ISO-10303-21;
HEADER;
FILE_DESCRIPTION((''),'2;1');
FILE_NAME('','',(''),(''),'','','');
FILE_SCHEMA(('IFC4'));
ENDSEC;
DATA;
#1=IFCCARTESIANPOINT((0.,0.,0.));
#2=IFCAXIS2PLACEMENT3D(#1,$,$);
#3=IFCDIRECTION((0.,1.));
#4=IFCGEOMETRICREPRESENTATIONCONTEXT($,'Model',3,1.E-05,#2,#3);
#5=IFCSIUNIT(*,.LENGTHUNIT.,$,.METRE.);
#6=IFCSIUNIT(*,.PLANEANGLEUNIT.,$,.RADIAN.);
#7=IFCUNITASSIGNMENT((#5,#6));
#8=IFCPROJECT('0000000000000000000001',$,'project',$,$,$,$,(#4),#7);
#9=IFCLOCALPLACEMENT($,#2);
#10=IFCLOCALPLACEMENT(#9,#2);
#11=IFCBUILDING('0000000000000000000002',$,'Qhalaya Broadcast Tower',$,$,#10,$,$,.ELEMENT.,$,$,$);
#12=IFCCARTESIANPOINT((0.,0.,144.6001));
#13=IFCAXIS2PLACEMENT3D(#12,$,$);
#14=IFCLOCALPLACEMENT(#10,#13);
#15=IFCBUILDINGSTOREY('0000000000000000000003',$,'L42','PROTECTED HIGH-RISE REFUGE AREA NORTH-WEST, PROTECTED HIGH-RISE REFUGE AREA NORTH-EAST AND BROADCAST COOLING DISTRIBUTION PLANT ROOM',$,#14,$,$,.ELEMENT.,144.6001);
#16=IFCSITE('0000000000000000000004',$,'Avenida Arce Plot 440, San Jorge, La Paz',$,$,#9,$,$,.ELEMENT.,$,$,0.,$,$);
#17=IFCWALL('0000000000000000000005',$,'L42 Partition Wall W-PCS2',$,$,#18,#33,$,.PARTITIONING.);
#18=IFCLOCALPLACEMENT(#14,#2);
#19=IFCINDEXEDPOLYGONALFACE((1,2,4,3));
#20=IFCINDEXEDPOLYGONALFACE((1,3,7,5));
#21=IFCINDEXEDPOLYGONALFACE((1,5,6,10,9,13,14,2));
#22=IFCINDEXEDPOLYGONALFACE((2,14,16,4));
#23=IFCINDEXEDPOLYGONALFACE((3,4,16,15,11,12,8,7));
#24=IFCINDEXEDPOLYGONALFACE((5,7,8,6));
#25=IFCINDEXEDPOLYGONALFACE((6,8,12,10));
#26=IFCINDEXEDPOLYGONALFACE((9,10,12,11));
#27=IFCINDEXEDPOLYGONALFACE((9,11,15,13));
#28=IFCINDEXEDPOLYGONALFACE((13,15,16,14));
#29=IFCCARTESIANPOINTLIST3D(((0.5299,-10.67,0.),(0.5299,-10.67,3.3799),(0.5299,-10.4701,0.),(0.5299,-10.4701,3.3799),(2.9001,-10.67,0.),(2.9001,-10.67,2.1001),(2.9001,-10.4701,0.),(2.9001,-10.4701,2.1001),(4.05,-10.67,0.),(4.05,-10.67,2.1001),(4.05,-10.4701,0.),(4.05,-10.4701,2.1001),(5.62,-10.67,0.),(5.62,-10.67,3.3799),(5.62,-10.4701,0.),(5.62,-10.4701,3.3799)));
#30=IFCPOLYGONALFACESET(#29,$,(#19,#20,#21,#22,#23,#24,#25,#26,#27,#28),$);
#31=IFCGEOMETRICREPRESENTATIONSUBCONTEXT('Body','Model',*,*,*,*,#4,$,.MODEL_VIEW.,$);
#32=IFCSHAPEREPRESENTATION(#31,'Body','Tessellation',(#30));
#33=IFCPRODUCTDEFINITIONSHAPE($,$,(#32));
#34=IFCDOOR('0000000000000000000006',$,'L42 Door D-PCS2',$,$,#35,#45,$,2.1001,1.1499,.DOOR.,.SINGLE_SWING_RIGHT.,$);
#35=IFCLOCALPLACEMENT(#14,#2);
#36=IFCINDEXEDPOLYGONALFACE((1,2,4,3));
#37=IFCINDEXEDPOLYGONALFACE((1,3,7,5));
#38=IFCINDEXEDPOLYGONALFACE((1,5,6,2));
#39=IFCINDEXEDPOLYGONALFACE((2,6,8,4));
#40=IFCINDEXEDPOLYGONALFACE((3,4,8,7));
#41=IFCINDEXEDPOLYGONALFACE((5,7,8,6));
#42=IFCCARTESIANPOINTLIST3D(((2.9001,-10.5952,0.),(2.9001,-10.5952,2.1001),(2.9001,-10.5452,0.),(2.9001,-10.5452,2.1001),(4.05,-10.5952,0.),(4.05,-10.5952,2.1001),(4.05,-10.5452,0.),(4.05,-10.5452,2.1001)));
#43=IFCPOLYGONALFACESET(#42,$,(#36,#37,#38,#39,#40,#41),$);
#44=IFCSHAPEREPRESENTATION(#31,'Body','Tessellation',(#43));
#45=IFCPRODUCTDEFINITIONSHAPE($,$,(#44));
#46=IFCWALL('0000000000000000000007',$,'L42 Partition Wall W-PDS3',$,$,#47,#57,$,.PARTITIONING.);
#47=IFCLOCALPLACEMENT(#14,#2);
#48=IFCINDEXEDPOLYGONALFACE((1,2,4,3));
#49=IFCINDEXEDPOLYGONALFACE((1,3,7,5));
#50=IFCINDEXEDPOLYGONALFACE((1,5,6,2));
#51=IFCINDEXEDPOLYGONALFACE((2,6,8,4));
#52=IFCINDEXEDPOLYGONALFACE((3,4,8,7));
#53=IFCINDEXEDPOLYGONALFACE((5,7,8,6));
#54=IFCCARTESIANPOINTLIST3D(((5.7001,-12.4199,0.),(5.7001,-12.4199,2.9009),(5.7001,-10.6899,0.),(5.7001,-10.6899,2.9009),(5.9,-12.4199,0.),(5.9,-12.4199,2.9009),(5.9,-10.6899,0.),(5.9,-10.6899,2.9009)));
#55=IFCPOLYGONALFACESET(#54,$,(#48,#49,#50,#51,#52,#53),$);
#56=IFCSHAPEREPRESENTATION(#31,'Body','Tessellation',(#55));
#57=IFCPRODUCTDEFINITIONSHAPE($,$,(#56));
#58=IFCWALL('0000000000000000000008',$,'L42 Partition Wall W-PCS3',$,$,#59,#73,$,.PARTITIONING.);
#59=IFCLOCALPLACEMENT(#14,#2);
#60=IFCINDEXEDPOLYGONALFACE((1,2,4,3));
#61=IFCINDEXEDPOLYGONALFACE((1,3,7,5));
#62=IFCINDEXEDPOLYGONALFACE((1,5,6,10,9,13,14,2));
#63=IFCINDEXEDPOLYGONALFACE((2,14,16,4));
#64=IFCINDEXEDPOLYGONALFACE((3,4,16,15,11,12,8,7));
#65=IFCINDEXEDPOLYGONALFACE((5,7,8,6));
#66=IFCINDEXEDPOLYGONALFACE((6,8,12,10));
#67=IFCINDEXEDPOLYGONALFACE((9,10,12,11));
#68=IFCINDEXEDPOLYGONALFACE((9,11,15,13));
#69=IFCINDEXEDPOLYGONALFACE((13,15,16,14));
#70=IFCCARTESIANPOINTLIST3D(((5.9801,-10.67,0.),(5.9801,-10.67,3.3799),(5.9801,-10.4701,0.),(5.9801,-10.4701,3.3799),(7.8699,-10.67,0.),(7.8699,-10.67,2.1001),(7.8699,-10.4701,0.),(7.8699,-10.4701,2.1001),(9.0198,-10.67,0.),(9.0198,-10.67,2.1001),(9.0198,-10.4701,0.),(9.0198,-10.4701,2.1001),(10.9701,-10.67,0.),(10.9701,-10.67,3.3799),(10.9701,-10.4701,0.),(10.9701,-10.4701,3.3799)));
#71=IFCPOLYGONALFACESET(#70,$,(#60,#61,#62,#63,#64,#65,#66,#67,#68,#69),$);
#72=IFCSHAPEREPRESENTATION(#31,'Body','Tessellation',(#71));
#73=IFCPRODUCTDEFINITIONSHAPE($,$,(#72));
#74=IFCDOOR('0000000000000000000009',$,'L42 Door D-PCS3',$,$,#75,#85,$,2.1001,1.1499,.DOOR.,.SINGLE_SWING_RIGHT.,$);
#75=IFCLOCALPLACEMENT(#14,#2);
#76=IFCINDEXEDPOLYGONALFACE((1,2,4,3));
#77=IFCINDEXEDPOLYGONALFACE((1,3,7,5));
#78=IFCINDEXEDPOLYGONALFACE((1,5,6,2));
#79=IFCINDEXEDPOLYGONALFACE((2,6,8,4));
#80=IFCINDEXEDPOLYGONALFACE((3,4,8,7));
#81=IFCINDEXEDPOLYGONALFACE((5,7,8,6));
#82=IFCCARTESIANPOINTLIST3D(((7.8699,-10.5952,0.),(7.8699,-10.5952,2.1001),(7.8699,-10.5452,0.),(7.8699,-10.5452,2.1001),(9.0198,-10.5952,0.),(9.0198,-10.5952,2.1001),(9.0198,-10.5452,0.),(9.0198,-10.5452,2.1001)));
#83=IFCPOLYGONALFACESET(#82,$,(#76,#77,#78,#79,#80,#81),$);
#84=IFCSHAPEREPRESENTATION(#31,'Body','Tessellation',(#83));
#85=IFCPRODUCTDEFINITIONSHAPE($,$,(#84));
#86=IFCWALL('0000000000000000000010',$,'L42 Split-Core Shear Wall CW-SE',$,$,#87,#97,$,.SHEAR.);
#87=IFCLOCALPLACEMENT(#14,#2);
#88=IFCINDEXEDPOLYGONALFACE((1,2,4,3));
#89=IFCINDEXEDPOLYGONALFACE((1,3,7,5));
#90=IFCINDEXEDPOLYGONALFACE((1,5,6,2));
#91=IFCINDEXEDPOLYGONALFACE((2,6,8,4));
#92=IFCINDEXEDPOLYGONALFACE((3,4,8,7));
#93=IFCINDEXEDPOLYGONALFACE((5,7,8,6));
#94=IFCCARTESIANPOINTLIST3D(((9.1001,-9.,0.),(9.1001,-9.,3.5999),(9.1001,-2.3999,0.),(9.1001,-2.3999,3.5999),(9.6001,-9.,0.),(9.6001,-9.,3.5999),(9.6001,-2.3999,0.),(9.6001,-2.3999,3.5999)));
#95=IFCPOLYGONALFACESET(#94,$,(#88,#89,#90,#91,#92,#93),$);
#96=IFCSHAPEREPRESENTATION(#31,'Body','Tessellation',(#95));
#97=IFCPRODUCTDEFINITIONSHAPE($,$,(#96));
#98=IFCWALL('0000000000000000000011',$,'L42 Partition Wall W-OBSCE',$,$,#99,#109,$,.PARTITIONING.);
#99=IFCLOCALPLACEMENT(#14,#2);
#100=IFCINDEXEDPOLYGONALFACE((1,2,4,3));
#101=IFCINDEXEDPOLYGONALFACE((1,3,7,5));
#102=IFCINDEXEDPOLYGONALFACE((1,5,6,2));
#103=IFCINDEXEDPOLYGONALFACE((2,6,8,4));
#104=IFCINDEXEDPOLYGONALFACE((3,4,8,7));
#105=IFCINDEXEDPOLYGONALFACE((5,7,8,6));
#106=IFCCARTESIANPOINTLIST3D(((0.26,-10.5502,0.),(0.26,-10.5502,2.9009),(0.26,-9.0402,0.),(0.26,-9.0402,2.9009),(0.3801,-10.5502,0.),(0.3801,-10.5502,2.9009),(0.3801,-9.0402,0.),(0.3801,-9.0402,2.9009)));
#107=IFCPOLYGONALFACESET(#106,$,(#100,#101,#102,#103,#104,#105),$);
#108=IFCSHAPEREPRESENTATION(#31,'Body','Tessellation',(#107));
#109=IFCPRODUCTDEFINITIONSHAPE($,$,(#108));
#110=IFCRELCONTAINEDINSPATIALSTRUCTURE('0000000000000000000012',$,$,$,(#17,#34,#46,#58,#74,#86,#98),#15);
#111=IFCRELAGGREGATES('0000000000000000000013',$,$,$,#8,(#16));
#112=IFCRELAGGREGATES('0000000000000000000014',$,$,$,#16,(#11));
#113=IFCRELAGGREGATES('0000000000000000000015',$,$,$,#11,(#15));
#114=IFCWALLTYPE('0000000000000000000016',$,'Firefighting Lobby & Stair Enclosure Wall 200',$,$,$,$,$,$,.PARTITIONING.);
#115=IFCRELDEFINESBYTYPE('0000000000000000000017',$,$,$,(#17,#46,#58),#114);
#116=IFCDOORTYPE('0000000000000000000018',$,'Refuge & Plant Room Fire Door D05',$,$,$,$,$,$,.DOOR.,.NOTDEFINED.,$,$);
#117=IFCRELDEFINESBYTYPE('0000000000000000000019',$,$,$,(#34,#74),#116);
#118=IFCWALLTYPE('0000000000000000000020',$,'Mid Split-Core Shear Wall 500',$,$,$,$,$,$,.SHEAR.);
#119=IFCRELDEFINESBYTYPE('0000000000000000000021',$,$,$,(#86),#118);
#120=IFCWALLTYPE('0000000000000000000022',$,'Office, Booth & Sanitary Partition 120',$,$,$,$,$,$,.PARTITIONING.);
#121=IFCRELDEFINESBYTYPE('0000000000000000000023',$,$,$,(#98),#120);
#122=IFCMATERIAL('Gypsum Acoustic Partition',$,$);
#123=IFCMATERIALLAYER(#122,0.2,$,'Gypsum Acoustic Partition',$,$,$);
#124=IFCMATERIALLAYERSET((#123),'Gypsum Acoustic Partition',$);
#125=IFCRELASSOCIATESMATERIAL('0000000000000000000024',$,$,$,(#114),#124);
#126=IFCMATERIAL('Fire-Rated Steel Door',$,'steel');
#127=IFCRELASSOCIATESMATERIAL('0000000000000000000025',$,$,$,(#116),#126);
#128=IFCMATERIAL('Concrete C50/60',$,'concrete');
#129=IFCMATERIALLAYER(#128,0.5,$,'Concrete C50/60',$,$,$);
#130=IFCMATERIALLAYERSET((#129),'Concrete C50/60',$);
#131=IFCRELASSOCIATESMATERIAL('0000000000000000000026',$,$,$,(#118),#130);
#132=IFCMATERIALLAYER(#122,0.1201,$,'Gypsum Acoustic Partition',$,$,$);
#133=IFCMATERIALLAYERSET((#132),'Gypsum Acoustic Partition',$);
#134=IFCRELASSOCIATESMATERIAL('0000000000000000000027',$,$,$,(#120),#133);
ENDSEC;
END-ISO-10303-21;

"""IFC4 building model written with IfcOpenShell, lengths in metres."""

from ifc_helpers import new_model, si_unit, direction, frame, frame_2d, origin, place, context, subcontext, project, spatial, rectangle, extrude, material, layer, layer_set, type_object, element, fill, save


model = new_model("IFC4")

# Units and contexts
model_context = context("Model", 3, precision=1e-05, world=origin(), true_north=direction((0.0, 1.0)))
body_context = subcontext(model_context, "Body", "Model", "MODEL_VIEW")
ifc_project = project(units=[si_unit("LENGTHUNIT", "METRE"), si_unit("PLANEANGLEUNIT", "RADIAN")], contexts=[model_context])

# Site, building, storey
site_placement = place(None, origin())
site = spatial("IfcSite", under=ifc_project, at=site_placement, Name="Avenida Arce Plot 440, San Jorge, La Paz", CompositionType="ELEMENT", RefElevation=0.0)
building_placement = place(site_placement, origin())
building = spatial("IfcBuilding", under=site, at=building_placement, Name="Qhalaya Broadcast Tower", CompositionType="ELEMENT")
storey_placement = place(building_placement, frame((0.0, 0.0, 144.6001)))
storey = spatial("IfcBuildingStorey", under=building, at=storey_placement, Name="L42", Description="PROTECTED HIGH-RISE REFUGE AREA NORTH-WEST, PROTECTED HIGH-RISE REFUGE AREA NORTH-EAST AND BROADCAST COOLING DISTRIBUTION PLANT ROOM", CompositionType="ELEMENT", Elevation=144.6001)

# Shared definitions
ifc_material_1 = material(Name="Gypsum Acoustic Partition")
ifc_layer_1 = layer(ifc_material_1, 0.2, Name="Gypsum Acoustic Partition")
ifc_layer_set_1 = layer_set([ifc_layer_1], Name="Gypsum Acoustic Partition")
wall_type_1 = type_object("IfcWallType", Name="Firefighting Lobby & Stair Enclosure Wall 200", PredefinedType="PARTITIONING", material=ifc_layer_set_1)

# Wall, opening, door
wall_1_placement = place(storey_placement, frame((0.53, -10.5701, 0.0), z_axis=(0.0, 0.0, 1.0), x_axis=(1.0, 0.0, 0.0)))
wall_1 = element("IfcWall", 1, at=wall_1_placement, inside=storey, type_object=wall_type_1, Name="L42 Partition Wall W-PCS2", PredefinedType="PARTITIONING", context=body_context, shape_type="SweptSolid", body=[
    extrude(rectangle(XDim=5.0901, YDim=0.2, at=frame_2d((2.5449, 0.0))), origin(), (0.0, 0.0, 1.0), 3.3799),
])
opening_1_placement = place(wall_1_placement, frame((2.3701, 0.0, 0.0)))
opening_1 = element("IfcOpeningElement", 2, at=opening_1_placement, cuts=wall_1, PredefinedType="OPENING", context=body_context, shape_type="SweptSolid", body=[
    extrude(rectangle(XDim=1.1499, YDim=2.1001, at=frame_2d((0.575, 1.05))), frame((0.0, 0.1121, 0.0), z_axis=(0.0, -1.0, 0.0), x_axis=(1.0, 0.0, 0.0)), (0.0, 0.0, 1.0), 0.2239),
])
ifc_material_2 = material(Name="Fire-Rated Steel Door", Category="steel")
door_type = type_object("IfcDoorType", Name="Refuge & Plant Room Fire Door D05", OperationType="NOTDEFINED", PredefinedType="DOOR", material=ifc_material_2)
door_1_placement = place(opening_1_placement, origin())
door_1 = element("IfcDoor", 3, at=door_1_placement, inside=storey, type_object=door_type, Name="L42 Door D-PCS2", OperationType="SINGLE_SWING_RIGHT", OverallHeight=2.1001, OverallWidth=1.1499, PredefinedType="DOOR", context=body_context, shape_type="SweptSolid", body=[
    extrude(rectangle(XDim=1.1499, YDim=2.1001, at=frame_2d((0.575, 1.05))), frame((0.0, 0.0249, 0.0), z_axis=(0.0, -1.0, 0.0), x_axis=(1.0, 0.0, 0.0)), (0.0, 0.0, 1.0), 0.05),
])
fill(opening_1, door_1)

# Wall
wall_2_placement = place(storey_placement, frame((5.8, -12.4199, 0.0), z_axis=(0.0, 0.0, 1.0), x_axis=(0.0, 1.0, 0.0)))
element("IfcWall", 4, at=wall_2_placement, inside=storey, type_object=wall_type_1, Name="L42 Partition Wall W-PDS3", PredefinedType="PARTITIONING", context=body_context, shape_type="SweptSolid", body=[
    extrude(rectangle(XDim=1.73, YDim=0.2, at=frame_2d((0.865, 0.0))), origin(), (0.0, 0.0, 1.0), 2.9009),
])

# Wall, opening, door
wall_3_placement = place(storey_placement, frame((5.98, -10.5701, 0.0), z_axis=(0.0, 0.0, 1.0), x_axis=(1.0, 0.0, 0.0)))
wall_3 = element("IfcWall", 5, at=wall_3_placement, inside=storey, type_object=wall_type_1, Name="L42 Partition Wall W-PCS3", PredefinedType="PARTITIONING", context=body_context, shape_type="SweptSolid", body=[
    extrude(rectangle(XDim=4.99, YDim=0.2, at=frame_2d((2.4951, 0.0))), origin(), (0.0, 0.0, 1.0), 3.3799),
])
opening_2_placement = place(wall_3_placement, frame((1.8899, 0.0, 0.0)))
opening_2 = element("IfcOpeningElement", 6, at=opening_2_placement, cuts=wall_3, PredefinedType="OPENING", context=body_context, shape_type="SweptSolid", body=[
    extrude(rectangle(XDim=1.1499, YDim=2.1001, at=frame_2d((0.575, 1.05))), frame((0.0, 0.1121, 0.0), z_axis=(0.0, -1.0, 0.0), x_axis=(1.0, 0.0, 0.0)), (0.0, 0.0, 1.0), 0.2239),
])
door_2_placement = place(opening_2_placement, origin())
door_2 = element("IfcDoor", 7, at=door_2_placement, inside=storey, type_object=door_type, Name="L42 Door D-PCS3", OperationType="SINGLE_SWING_RIGHT", OverallHeight=2.1001, OverallWidth=1.1499, PredefinedType="DOOR", context=body_context, shape_type="SweptSolid", body=[
    extrude(rectangle(XDim=1.1499, YDim=2.1001, at=frame_2d((0.575, 1.05))), frame((0.0, 0.0249, 0.0), z_axis=(0.0, -1.0, 0.0), x_axis=(1.0, 0.0, 0.0)), (0.0, 0.0, 1.0), 0.05),
])
fill(opening_2, door_2)

# Walls
ifc_material_3 = material(Name="Concrete C50/60", Category="concrete")
ifc_layer_2 = layer(ifc_material_3, 0.5, Name="Concrete C50/60")
ifc_layer_set_2 = layer_set([ifc_layer_2], Name="Concrete C50/60")
wall_type_2 = type_object("IfcWallType", Name="Mid Split-Core Shear Wall 500", PredefinedType="SHEAR", material=ifc_layer_set_2)
wall_4_placement = place(storey_placement, frame((9.3501, -9.0, 0.0), z_axis=(0.0, 0.0, 1.0), x_axis=(0.0, 1.0, 0.0)))
element("IfcWall", 8, at=wall_4_placement, inside=storey, type_object=wall_type_2, Name="L42 Split-Core Shear Wall CW-SE", PredefinedType="SHEAR", context=body_context, shape_type="SweptSolid", body=[
    extrude(rectangle(XDim=6.6001, YDim=0.5, at=frame_2d((3.3, 0.0))), origin(), (0.0, 0.0, 1.0), 3.5999),
])
ifc_layer_3 = layer(ifc_material_1, 0.1201, Name="Gypsum Acoustic Partition")
ifc_layer_set_3 = layer_set([ifc_layer_3], Name="Gypsum Acoustic Partition")
wall_type_3 = type_object("IfcWallType", Name="Office, Booth & Sanitary Partition 120", PredefinedType="PARTITIONING", material=ifc_layer_set_3)
wall_5_placement = place(storey_placement, frame((0.3201, -10.55, 0.0), z_axis=(0.0, 0.0, 1.0), x_axis=(0.0, 1.0, 0.0)))
element("IfcWall", 9, at=wall_5_placement, inside=storey, type_object=wall_type_3, Name="L42 Partition Wall W-OBSCE", PredefinedType="PARTITIONING", context=body_context, shape_type="SweptSolid", body=[
    extrude(rectangle(XDim=1.51, YDim=0.1201, at=frame_2d((0.7549, 0.0))), origin(), (0.0, 0.0, 1.0), 2.9009),
])

save(model, "model.ifc")
